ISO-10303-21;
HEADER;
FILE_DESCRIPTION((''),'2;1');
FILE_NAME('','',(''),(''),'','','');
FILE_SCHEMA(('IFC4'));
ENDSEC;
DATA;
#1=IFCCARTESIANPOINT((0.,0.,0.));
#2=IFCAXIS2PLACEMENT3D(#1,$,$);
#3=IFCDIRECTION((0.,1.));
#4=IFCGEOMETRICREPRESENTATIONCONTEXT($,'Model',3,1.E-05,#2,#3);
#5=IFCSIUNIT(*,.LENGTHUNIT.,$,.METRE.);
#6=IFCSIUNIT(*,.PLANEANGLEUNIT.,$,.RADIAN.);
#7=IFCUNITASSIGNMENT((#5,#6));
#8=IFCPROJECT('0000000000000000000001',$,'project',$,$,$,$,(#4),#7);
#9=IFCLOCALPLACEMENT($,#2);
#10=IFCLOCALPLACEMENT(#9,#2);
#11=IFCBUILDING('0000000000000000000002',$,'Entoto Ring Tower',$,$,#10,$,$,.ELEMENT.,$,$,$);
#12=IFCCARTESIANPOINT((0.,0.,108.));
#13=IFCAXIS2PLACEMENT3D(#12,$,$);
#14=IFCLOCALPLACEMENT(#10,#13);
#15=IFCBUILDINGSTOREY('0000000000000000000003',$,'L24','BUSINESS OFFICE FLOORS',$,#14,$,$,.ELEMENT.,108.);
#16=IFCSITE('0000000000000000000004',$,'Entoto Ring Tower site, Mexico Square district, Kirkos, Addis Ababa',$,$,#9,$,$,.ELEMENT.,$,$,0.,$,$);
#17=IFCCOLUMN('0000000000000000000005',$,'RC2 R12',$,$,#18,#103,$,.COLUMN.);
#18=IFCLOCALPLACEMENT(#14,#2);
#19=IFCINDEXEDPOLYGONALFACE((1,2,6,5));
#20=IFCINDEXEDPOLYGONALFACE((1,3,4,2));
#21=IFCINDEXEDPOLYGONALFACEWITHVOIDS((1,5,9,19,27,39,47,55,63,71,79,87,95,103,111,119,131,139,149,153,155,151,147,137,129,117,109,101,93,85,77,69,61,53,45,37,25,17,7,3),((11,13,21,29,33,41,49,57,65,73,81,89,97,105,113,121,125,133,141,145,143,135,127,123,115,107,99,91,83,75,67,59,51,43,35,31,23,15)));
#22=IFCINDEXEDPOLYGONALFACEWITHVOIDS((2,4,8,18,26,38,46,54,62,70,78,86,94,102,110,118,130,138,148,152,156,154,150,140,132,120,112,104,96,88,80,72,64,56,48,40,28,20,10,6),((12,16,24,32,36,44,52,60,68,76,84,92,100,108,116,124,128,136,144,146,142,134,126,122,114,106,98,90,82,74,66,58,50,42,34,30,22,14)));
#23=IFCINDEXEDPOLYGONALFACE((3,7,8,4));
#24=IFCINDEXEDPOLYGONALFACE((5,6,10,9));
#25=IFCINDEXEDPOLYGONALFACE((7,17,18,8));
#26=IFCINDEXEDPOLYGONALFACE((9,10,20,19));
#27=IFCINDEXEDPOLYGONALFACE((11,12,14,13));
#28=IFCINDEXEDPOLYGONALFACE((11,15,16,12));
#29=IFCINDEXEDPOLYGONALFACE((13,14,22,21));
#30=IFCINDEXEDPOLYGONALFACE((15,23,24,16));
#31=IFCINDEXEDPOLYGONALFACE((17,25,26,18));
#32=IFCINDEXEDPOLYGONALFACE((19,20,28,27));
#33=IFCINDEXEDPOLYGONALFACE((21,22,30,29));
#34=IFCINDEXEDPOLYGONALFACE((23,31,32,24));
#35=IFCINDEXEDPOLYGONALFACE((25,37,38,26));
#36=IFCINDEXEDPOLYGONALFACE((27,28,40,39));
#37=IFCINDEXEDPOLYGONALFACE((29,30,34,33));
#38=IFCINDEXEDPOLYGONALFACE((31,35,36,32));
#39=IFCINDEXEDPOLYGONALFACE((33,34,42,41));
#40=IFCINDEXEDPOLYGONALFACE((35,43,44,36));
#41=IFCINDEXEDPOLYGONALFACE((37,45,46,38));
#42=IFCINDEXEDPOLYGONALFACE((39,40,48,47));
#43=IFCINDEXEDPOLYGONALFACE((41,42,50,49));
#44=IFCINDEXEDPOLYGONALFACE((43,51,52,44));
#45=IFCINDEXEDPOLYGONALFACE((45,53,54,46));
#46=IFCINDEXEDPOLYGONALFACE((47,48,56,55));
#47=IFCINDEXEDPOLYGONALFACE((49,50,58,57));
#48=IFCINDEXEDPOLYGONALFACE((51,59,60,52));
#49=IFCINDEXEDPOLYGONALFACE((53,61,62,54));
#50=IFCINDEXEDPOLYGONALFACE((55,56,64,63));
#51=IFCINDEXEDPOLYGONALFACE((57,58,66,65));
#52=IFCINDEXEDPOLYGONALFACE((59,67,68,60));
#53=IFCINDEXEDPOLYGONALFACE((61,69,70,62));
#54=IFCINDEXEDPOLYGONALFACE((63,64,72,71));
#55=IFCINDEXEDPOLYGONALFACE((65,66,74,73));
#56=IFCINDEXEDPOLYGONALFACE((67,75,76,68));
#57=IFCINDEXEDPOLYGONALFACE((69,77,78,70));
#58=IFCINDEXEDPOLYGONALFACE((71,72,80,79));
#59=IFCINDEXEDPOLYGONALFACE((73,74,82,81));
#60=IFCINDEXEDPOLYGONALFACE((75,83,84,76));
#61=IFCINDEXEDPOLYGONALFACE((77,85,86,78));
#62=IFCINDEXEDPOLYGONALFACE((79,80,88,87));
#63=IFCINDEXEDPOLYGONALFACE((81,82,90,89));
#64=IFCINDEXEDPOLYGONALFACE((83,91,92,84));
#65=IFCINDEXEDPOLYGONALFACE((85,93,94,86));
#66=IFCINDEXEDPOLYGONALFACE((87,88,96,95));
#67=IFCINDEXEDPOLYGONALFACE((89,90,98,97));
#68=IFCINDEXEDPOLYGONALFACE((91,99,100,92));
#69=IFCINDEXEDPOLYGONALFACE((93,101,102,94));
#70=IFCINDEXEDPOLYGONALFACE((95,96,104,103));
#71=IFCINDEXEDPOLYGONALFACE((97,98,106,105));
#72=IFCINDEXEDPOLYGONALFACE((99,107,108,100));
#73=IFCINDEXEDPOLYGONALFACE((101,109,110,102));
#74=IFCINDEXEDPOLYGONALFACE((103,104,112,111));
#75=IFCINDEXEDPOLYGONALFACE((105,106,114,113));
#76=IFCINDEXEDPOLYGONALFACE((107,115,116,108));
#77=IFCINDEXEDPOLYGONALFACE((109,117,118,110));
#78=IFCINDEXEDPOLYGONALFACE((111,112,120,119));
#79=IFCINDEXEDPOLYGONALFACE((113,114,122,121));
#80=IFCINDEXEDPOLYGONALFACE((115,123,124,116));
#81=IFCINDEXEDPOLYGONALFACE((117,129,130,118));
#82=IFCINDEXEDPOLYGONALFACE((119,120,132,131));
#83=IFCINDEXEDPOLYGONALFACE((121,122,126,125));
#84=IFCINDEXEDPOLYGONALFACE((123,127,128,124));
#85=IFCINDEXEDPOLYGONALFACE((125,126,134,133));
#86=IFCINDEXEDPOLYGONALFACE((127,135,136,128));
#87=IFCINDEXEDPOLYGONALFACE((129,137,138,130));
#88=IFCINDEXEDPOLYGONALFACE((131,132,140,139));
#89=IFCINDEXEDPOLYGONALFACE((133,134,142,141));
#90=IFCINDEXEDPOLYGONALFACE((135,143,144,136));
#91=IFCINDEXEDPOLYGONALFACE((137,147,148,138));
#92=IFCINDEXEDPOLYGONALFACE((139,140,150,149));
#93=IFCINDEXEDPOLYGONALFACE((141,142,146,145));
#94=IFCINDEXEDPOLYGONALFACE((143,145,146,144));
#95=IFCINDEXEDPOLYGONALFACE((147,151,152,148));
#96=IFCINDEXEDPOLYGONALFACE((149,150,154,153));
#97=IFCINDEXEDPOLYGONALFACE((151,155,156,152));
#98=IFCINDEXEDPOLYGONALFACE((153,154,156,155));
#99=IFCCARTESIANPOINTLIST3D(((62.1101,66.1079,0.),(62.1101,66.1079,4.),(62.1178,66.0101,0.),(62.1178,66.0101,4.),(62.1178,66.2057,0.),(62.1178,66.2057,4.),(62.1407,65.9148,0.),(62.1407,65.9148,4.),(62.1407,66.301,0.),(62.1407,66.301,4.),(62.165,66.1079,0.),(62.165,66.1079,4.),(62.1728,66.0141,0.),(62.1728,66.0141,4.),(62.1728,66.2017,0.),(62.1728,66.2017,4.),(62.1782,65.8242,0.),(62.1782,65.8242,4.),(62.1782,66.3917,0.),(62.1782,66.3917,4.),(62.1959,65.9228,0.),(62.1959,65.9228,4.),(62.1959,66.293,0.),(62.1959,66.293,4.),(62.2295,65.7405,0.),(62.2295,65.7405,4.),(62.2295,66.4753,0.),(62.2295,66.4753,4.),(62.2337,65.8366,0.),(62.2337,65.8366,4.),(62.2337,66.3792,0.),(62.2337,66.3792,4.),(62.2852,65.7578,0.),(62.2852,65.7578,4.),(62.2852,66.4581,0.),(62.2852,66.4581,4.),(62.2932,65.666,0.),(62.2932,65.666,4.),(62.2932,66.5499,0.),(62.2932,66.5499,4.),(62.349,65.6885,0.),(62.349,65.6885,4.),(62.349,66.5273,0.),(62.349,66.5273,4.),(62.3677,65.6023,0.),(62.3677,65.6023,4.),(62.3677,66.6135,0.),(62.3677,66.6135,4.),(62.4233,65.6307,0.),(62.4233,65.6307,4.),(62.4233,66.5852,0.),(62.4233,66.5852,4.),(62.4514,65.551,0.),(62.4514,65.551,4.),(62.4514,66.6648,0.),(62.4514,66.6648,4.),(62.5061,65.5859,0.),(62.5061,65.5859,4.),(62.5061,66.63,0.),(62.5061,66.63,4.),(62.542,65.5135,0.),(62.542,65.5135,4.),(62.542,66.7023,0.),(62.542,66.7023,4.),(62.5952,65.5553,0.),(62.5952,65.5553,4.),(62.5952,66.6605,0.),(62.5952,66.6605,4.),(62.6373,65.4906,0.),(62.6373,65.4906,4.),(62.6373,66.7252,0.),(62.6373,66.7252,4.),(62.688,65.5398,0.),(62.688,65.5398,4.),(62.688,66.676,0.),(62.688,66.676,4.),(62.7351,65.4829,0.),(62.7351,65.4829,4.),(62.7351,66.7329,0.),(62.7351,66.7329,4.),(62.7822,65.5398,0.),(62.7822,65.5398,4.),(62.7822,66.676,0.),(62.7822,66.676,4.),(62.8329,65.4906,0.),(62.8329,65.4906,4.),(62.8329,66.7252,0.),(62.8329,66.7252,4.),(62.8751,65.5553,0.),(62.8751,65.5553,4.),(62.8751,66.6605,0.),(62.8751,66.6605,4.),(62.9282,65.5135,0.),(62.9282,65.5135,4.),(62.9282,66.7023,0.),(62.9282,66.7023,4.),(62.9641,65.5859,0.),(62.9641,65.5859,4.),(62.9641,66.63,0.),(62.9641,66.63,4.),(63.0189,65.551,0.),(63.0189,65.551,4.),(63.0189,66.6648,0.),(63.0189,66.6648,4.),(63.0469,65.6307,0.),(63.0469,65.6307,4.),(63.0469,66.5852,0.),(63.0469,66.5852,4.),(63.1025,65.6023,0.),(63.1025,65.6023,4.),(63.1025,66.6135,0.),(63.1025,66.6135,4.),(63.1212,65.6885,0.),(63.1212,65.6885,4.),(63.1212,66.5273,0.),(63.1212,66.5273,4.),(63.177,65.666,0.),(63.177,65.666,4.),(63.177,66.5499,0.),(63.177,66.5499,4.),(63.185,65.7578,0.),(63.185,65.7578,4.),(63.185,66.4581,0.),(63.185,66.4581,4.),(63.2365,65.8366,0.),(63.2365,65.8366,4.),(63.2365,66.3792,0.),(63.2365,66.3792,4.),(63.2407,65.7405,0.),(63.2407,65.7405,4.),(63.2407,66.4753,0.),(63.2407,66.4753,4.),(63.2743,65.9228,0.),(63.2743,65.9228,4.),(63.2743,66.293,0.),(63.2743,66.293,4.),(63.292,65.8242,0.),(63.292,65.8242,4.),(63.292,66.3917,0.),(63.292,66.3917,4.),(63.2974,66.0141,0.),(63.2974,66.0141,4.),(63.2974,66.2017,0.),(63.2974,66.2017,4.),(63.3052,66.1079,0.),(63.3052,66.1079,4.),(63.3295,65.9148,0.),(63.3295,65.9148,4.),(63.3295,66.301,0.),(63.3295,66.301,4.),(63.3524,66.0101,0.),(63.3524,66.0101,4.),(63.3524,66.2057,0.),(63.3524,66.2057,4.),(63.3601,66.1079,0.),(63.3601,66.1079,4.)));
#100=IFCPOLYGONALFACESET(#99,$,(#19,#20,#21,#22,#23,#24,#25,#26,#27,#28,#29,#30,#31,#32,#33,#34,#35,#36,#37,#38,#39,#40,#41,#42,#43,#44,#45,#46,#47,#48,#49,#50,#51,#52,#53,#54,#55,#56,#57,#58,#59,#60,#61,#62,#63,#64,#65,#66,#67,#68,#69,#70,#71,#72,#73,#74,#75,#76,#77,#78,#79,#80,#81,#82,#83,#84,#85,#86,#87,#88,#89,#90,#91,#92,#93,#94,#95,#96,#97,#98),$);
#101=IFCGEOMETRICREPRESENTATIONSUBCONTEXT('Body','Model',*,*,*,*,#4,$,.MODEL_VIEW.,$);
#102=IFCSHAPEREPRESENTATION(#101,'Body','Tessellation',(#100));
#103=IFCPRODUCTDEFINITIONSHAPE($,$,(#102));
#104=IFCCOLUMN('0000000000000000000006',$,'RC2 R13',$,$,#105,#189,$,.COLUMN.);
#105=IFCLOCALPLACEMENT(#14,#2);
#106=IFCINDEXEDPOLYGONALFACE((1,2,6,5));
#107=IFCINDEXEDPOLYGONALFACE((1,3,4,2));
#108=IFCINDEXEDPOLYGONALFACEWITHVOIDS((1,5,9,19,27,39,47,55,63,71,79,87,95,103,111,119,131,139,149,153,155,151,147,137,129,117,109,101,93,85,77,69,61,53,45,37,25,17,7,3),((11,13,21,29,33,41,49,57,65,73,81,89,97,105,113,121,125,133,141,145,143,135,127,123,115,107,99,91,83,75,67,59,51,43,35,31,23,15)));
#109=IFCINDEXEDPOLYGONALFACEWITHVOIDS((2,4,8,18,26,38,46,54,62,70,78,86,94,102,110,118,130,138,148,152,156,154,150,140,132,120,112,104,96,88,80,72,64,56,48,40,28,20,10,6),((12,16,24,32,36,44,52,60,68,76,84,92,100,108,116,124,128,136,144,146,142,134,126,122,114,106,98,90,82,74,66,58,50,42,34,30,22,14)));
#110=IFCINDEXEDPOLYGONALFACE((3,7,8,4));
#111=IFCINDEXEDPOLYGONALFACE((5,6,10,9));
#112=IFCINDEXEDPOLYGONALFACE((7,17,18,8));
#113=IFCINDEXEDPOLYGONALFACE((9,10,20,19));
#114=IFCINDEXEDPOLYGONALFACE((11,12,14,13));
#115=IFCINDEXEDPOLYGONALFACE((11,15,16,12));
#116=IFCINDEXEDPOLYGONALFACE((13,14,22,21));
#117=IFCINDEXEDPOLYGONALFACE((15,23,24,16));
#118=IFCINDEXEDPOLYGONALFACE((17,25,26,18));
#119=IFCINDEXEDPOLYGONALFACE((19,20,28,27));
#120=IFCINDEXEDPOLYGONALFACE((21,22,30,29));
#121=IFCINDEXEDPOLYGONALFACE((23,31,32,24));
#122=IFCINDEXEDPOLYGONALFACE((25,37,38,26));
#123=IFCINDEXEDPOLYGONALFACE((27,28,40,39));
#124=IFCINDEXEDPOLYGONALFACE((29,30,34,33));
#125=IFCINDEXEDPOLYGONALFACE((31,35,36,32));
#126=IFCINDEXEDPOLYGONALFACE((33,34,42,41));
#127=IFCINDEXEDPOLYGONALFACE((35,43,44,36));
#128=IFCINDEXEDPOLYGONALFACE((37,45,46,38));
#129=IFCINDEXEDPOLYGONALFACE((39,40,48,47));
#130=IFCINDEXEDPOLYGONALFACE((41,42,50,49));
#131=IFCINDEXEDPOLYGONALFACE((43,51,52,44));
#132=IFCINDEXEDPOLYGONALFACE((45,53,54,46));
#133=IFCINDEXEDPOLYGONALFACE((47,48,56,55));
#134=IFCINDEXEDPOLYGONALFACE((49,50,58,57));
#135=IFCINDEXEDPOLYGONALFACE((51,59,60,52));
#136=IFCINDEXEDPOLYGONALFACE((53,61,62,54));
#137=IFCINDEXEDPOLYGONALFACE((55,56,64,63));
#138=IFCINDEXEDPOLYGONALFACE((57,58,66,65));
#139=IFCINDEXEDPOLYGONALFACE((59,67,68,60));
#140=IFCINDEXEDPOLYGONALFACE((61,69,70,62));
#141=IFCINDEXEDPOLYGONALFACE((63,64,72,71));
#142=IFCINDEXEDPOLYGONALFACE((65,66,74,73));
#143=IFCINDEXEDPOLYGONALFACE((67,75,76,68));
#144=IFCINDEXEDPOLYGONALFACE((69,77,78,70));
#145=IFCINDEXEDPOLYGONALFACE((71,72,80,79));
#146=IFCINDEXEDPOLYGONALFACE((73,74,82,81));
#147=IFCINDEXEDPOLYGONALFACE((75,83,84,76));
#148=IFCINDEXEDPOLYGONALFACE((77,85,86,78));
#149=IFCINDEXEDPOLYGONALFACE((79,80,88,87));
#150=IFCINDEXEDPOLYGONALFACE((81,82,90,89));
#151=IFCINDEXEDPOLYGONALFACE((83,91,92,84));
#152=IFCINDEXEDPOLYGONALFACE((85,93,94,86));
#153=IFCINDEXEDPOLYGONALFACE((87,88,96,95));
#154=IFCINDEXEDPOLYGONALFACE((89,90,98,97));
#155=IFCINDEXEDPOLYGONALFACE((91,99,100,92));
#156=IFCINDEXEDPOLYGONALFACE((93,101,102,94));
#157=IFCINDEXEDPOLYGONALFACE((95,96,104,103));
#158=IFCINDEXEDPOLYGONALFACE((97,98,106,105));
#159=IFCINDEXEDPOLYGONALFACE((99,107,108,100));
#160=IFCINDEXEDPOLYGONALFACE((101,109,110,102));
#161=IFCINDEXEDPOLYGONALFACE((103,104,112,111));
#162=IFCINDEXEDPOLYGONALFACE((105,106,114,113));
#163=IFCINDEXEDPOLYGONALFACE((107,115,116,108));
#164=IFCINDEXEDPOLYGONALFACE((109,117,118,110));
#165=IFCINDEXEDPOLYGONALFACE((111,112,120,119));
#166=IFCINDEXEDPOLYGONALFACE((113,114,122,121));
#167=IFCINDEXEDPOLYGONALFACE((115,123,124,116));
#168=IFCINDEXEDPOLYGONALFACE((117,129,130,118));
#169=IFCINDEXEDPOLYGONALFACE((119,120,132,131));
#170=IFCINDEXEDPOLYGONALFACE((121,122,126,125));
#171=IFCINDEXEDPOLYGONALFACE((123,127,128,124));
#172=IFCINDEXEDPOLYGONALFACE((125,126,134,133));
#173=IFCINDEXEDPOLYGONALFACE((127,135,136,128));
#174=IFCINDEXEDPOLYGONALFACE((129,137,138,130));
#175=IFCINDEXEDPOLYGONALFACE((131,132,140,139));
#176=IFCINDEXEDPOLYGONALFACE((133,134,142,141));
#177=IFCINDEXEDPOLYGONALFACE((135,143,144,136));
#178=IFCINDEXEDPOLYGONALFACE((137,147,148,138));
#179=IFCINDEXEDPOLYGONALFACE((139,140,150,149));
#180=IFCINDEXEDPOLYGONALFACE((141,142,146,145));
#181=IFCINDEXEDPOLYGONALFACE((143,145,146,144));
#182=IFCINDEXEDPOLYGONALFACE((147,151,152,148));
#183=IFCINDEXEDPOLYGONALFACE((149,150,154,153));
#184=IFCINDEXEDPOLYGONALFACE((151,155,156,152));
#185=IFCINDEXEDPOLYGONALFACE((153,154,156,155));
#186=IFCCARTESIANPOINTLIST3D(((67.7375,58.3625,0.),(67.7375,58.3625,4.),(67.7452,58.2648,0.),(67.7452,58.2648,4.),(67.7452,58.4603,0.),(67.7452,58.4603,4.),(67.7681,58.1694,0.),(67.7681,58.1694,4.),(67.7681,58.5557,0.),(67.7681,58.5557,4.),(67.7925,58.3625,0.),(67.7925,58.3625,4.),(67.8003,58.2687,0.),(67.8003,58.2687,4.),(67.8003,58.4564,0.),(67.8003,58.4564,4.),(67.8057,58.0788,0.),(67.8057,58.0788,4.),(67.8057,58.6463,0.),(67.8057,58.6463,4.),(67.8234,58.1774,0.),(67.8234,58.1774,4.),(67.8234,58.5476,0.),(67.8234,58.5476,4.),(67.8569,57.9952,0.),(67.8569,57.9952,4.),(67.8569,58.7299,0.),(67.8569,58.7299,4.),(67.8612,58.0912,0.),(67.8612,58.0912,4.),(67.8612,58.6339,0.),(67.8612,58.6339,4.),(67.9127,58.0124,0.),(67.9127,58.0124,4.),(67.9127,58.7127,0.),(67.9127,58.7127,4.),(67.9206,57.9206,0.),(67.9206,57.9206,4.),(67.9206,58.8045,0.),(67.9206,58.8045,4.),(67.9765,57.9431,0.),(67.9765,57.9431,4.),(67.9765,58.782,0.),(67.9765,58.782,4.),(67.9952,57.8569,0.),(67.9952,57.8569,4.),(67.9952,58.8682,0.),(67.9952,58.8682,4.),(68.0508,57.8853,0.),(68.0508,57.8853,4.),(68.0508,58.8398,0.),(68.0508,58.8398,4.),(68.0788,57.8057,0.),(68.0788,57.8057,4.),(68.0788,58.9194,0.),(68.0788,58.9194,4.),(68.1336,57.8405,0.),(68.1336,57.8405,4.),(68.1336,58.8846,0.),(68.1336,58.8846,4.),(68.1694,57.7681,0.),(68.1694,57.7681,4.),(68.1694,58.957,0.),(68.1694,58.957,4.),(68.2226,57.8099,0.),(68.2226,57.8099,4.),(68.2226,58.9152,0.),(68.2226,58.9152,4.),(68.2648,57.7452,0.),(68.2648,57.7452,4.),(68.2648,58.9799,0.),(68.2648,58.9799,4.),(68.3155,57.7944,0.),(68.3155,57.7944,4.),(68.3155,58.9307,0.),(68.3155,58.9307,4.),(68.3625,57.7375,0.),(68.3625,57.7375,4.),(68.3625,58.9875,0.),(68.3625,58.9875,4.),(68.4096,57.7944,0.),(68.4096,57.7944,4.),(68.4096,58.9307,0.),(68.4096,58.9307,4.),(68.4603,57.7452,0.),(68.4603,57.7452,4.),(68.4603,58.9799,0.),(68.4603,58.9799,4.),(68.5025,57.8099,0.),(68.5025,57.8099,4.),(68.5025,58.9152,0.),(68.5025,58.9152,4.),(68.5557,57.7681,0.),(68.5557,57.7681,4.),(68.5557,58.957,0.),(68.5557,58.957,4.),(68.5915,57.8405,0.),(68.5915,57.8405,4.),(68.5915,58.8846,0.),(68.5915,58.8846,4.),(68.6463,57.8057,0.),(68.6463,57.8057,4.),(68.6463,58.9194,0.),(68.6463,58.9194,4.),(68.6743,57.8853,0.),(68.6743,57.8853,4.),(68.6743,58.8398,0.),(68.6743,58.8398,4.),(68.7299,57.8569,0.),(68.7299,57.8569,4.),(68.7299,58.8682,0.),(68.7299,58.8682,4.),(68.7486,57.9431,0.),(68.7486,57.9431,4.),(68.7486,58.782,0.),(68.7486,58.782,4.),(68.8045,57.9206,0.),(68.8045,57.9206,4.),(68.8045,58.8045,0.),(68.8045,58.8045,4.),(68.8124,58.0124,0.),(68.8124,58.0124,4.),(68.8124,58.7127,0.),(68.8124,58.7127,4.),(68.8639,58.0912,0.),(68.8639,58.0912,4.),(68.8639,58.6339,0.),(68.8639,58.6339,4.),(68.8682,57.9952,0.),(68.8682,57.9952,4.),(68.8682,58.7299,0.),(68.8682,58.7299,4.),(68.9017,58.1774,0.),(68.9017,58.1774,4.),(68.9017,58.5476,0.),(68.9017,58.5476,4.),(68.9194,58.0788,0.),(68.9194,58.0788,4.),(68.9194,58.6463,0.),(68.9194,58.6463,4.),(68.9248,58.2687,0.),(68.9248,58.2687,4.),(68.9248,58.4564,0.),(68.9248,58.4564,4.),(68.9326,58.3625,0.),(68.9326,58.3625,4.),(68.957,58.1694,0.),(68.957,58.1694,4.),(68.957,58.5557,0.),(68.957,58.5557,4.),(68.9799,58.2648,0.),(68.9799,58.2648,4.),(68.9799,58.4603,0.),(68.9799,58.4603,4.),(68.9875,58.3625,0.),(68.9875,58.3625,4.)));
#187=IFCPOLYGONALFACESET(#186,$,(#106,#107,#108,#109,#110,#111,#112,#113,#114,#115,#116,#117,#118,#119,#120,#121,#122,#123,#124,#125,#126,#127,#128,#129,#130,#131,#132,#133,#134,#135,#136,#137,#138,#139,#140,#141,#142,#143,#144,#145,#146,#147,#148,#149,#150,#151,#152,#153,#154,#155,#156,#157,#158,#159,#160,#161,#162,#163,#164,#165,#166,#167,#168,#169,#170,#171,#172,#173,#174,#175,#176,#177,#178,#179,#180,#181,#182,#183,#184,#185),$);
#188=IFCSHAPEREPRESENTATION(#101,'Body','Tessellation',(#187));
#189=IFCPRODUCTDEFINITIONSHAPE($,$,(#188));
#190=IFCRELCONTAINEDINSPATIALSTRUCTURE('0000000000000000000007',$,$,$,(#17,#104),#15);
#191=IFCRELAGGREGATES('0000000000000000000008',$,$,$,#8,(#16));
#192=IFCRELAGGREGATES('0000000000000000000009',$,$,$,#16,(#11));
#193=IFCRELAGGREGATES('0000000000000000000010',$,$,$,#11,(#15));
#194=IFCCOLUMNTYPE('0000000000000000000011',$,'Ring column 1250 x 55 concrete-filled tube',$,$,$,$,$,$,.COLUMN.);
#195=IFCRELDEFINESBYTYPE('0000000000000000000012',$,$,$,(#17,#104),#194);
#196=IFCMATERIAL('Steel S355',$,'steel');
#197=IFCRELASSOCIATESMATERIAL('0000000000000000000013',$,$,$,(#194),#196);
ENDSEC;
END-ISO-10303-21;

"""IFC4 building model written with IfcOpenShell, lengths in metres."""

from ifc_helpers import new_model, si_unit, direction, frame, origin, origin_2d, place, context, subcontext, project, spatial, circle, hollow_circle, extrude, material, material_profile, profile_set, type_object, element, save


model = new_model("IFC4")

# Units and contexts
model_context = context("Model", 3, precision=1e-05, world=origin(), true_north=direction((0.0, 1.0)))
body_context = subcontext(model_context, "Body", "Model", "MODEL_VIEW")
ifc_project = project(units=[si_unit("LENGTHUNIT", "METRE"), si_unit("PLANEANGLEUNIT", "RADIAN")], contexts=[model_context])

# Site, building, storey
site_placement = place(None, origin())
site = spatial("IfcSite", under=ifc_project, at=site_placement, Name="Entoto Ring Tower site, Mexico Square district, Kirkos, Addis Ababa", CompositionType="ELEMENT", RefElevation=0.0)
building_placement = place(site_placement, origin())
building = spatial("IfcBuilding", under=site, at=building_placement, Name="Entoto Ring Tower", CompositionType="ELEMENT")
storey_placement = place(building_placement, frame((0.0, 0.0, 108.0)))
storey = spatial("IfcBuildingStorey", under=building, at=storey_placement, Name="L24", Description="BUSINESS OFFICE FLOORS", CompositionType="ELEMENT", Elevation=108.0)

# Columns
ifc_material_1 = material(Name="Steel S355", Category="steel")
ifc_material_profile_1 = material_profile(ifc_material_1, hollow_circle(Radius=0.625, WallThickness=0.0549, at=origin_2d()), Name="CHS 1250 x 55")
ifc_material_2 = material(Name="Concrete C60/75", Category="concrete")
ifc_material_profile_2 = material_profile(ifc_material_2, circle(Radius=0.5701, at=origin_2d()), Name="Concrete C60/75 infill")
ifc_profile_set_1 = profile_set([ifc_material_profile_1, ifc_material_profile_2], Name="Steel S355")
column_type = type_object("IfcColumnType", Name="Ring column 1250 x 55 concrete-filled tube", PredefinedType="COLUMN", material=ifc_profile_set_1)
for number, where, z_axis, x_axis, name in (
    (1, (62.7351, 66.1079, 0.0), (0.0, 0.0, 1.0), (1.0, 0.0, 0.0), "RC2 R12"),
    (2, (68.3625, 58.3625, 0.0), (0.0, 0.0, 1.0), (1.0, 0.0, 0.0), "RC2 R13"),
):
    element("IfcColumn", number, at=place(storey_placement, frame(where, z_axis=z_axis, x_axis=x_axis)), inside=storey, type_object=column_type, Name=name, PredefinedType="COLUMN", context=body_context, shape_type="SweptSolid", body=[
        extrude(hollow_circle(Radius=0.625, WallThickness=0.0549, at=origin_2d()), origin(), (0.0, 0.0, 1.0), 4.0),
    ])

save(model, "model.ifc")
